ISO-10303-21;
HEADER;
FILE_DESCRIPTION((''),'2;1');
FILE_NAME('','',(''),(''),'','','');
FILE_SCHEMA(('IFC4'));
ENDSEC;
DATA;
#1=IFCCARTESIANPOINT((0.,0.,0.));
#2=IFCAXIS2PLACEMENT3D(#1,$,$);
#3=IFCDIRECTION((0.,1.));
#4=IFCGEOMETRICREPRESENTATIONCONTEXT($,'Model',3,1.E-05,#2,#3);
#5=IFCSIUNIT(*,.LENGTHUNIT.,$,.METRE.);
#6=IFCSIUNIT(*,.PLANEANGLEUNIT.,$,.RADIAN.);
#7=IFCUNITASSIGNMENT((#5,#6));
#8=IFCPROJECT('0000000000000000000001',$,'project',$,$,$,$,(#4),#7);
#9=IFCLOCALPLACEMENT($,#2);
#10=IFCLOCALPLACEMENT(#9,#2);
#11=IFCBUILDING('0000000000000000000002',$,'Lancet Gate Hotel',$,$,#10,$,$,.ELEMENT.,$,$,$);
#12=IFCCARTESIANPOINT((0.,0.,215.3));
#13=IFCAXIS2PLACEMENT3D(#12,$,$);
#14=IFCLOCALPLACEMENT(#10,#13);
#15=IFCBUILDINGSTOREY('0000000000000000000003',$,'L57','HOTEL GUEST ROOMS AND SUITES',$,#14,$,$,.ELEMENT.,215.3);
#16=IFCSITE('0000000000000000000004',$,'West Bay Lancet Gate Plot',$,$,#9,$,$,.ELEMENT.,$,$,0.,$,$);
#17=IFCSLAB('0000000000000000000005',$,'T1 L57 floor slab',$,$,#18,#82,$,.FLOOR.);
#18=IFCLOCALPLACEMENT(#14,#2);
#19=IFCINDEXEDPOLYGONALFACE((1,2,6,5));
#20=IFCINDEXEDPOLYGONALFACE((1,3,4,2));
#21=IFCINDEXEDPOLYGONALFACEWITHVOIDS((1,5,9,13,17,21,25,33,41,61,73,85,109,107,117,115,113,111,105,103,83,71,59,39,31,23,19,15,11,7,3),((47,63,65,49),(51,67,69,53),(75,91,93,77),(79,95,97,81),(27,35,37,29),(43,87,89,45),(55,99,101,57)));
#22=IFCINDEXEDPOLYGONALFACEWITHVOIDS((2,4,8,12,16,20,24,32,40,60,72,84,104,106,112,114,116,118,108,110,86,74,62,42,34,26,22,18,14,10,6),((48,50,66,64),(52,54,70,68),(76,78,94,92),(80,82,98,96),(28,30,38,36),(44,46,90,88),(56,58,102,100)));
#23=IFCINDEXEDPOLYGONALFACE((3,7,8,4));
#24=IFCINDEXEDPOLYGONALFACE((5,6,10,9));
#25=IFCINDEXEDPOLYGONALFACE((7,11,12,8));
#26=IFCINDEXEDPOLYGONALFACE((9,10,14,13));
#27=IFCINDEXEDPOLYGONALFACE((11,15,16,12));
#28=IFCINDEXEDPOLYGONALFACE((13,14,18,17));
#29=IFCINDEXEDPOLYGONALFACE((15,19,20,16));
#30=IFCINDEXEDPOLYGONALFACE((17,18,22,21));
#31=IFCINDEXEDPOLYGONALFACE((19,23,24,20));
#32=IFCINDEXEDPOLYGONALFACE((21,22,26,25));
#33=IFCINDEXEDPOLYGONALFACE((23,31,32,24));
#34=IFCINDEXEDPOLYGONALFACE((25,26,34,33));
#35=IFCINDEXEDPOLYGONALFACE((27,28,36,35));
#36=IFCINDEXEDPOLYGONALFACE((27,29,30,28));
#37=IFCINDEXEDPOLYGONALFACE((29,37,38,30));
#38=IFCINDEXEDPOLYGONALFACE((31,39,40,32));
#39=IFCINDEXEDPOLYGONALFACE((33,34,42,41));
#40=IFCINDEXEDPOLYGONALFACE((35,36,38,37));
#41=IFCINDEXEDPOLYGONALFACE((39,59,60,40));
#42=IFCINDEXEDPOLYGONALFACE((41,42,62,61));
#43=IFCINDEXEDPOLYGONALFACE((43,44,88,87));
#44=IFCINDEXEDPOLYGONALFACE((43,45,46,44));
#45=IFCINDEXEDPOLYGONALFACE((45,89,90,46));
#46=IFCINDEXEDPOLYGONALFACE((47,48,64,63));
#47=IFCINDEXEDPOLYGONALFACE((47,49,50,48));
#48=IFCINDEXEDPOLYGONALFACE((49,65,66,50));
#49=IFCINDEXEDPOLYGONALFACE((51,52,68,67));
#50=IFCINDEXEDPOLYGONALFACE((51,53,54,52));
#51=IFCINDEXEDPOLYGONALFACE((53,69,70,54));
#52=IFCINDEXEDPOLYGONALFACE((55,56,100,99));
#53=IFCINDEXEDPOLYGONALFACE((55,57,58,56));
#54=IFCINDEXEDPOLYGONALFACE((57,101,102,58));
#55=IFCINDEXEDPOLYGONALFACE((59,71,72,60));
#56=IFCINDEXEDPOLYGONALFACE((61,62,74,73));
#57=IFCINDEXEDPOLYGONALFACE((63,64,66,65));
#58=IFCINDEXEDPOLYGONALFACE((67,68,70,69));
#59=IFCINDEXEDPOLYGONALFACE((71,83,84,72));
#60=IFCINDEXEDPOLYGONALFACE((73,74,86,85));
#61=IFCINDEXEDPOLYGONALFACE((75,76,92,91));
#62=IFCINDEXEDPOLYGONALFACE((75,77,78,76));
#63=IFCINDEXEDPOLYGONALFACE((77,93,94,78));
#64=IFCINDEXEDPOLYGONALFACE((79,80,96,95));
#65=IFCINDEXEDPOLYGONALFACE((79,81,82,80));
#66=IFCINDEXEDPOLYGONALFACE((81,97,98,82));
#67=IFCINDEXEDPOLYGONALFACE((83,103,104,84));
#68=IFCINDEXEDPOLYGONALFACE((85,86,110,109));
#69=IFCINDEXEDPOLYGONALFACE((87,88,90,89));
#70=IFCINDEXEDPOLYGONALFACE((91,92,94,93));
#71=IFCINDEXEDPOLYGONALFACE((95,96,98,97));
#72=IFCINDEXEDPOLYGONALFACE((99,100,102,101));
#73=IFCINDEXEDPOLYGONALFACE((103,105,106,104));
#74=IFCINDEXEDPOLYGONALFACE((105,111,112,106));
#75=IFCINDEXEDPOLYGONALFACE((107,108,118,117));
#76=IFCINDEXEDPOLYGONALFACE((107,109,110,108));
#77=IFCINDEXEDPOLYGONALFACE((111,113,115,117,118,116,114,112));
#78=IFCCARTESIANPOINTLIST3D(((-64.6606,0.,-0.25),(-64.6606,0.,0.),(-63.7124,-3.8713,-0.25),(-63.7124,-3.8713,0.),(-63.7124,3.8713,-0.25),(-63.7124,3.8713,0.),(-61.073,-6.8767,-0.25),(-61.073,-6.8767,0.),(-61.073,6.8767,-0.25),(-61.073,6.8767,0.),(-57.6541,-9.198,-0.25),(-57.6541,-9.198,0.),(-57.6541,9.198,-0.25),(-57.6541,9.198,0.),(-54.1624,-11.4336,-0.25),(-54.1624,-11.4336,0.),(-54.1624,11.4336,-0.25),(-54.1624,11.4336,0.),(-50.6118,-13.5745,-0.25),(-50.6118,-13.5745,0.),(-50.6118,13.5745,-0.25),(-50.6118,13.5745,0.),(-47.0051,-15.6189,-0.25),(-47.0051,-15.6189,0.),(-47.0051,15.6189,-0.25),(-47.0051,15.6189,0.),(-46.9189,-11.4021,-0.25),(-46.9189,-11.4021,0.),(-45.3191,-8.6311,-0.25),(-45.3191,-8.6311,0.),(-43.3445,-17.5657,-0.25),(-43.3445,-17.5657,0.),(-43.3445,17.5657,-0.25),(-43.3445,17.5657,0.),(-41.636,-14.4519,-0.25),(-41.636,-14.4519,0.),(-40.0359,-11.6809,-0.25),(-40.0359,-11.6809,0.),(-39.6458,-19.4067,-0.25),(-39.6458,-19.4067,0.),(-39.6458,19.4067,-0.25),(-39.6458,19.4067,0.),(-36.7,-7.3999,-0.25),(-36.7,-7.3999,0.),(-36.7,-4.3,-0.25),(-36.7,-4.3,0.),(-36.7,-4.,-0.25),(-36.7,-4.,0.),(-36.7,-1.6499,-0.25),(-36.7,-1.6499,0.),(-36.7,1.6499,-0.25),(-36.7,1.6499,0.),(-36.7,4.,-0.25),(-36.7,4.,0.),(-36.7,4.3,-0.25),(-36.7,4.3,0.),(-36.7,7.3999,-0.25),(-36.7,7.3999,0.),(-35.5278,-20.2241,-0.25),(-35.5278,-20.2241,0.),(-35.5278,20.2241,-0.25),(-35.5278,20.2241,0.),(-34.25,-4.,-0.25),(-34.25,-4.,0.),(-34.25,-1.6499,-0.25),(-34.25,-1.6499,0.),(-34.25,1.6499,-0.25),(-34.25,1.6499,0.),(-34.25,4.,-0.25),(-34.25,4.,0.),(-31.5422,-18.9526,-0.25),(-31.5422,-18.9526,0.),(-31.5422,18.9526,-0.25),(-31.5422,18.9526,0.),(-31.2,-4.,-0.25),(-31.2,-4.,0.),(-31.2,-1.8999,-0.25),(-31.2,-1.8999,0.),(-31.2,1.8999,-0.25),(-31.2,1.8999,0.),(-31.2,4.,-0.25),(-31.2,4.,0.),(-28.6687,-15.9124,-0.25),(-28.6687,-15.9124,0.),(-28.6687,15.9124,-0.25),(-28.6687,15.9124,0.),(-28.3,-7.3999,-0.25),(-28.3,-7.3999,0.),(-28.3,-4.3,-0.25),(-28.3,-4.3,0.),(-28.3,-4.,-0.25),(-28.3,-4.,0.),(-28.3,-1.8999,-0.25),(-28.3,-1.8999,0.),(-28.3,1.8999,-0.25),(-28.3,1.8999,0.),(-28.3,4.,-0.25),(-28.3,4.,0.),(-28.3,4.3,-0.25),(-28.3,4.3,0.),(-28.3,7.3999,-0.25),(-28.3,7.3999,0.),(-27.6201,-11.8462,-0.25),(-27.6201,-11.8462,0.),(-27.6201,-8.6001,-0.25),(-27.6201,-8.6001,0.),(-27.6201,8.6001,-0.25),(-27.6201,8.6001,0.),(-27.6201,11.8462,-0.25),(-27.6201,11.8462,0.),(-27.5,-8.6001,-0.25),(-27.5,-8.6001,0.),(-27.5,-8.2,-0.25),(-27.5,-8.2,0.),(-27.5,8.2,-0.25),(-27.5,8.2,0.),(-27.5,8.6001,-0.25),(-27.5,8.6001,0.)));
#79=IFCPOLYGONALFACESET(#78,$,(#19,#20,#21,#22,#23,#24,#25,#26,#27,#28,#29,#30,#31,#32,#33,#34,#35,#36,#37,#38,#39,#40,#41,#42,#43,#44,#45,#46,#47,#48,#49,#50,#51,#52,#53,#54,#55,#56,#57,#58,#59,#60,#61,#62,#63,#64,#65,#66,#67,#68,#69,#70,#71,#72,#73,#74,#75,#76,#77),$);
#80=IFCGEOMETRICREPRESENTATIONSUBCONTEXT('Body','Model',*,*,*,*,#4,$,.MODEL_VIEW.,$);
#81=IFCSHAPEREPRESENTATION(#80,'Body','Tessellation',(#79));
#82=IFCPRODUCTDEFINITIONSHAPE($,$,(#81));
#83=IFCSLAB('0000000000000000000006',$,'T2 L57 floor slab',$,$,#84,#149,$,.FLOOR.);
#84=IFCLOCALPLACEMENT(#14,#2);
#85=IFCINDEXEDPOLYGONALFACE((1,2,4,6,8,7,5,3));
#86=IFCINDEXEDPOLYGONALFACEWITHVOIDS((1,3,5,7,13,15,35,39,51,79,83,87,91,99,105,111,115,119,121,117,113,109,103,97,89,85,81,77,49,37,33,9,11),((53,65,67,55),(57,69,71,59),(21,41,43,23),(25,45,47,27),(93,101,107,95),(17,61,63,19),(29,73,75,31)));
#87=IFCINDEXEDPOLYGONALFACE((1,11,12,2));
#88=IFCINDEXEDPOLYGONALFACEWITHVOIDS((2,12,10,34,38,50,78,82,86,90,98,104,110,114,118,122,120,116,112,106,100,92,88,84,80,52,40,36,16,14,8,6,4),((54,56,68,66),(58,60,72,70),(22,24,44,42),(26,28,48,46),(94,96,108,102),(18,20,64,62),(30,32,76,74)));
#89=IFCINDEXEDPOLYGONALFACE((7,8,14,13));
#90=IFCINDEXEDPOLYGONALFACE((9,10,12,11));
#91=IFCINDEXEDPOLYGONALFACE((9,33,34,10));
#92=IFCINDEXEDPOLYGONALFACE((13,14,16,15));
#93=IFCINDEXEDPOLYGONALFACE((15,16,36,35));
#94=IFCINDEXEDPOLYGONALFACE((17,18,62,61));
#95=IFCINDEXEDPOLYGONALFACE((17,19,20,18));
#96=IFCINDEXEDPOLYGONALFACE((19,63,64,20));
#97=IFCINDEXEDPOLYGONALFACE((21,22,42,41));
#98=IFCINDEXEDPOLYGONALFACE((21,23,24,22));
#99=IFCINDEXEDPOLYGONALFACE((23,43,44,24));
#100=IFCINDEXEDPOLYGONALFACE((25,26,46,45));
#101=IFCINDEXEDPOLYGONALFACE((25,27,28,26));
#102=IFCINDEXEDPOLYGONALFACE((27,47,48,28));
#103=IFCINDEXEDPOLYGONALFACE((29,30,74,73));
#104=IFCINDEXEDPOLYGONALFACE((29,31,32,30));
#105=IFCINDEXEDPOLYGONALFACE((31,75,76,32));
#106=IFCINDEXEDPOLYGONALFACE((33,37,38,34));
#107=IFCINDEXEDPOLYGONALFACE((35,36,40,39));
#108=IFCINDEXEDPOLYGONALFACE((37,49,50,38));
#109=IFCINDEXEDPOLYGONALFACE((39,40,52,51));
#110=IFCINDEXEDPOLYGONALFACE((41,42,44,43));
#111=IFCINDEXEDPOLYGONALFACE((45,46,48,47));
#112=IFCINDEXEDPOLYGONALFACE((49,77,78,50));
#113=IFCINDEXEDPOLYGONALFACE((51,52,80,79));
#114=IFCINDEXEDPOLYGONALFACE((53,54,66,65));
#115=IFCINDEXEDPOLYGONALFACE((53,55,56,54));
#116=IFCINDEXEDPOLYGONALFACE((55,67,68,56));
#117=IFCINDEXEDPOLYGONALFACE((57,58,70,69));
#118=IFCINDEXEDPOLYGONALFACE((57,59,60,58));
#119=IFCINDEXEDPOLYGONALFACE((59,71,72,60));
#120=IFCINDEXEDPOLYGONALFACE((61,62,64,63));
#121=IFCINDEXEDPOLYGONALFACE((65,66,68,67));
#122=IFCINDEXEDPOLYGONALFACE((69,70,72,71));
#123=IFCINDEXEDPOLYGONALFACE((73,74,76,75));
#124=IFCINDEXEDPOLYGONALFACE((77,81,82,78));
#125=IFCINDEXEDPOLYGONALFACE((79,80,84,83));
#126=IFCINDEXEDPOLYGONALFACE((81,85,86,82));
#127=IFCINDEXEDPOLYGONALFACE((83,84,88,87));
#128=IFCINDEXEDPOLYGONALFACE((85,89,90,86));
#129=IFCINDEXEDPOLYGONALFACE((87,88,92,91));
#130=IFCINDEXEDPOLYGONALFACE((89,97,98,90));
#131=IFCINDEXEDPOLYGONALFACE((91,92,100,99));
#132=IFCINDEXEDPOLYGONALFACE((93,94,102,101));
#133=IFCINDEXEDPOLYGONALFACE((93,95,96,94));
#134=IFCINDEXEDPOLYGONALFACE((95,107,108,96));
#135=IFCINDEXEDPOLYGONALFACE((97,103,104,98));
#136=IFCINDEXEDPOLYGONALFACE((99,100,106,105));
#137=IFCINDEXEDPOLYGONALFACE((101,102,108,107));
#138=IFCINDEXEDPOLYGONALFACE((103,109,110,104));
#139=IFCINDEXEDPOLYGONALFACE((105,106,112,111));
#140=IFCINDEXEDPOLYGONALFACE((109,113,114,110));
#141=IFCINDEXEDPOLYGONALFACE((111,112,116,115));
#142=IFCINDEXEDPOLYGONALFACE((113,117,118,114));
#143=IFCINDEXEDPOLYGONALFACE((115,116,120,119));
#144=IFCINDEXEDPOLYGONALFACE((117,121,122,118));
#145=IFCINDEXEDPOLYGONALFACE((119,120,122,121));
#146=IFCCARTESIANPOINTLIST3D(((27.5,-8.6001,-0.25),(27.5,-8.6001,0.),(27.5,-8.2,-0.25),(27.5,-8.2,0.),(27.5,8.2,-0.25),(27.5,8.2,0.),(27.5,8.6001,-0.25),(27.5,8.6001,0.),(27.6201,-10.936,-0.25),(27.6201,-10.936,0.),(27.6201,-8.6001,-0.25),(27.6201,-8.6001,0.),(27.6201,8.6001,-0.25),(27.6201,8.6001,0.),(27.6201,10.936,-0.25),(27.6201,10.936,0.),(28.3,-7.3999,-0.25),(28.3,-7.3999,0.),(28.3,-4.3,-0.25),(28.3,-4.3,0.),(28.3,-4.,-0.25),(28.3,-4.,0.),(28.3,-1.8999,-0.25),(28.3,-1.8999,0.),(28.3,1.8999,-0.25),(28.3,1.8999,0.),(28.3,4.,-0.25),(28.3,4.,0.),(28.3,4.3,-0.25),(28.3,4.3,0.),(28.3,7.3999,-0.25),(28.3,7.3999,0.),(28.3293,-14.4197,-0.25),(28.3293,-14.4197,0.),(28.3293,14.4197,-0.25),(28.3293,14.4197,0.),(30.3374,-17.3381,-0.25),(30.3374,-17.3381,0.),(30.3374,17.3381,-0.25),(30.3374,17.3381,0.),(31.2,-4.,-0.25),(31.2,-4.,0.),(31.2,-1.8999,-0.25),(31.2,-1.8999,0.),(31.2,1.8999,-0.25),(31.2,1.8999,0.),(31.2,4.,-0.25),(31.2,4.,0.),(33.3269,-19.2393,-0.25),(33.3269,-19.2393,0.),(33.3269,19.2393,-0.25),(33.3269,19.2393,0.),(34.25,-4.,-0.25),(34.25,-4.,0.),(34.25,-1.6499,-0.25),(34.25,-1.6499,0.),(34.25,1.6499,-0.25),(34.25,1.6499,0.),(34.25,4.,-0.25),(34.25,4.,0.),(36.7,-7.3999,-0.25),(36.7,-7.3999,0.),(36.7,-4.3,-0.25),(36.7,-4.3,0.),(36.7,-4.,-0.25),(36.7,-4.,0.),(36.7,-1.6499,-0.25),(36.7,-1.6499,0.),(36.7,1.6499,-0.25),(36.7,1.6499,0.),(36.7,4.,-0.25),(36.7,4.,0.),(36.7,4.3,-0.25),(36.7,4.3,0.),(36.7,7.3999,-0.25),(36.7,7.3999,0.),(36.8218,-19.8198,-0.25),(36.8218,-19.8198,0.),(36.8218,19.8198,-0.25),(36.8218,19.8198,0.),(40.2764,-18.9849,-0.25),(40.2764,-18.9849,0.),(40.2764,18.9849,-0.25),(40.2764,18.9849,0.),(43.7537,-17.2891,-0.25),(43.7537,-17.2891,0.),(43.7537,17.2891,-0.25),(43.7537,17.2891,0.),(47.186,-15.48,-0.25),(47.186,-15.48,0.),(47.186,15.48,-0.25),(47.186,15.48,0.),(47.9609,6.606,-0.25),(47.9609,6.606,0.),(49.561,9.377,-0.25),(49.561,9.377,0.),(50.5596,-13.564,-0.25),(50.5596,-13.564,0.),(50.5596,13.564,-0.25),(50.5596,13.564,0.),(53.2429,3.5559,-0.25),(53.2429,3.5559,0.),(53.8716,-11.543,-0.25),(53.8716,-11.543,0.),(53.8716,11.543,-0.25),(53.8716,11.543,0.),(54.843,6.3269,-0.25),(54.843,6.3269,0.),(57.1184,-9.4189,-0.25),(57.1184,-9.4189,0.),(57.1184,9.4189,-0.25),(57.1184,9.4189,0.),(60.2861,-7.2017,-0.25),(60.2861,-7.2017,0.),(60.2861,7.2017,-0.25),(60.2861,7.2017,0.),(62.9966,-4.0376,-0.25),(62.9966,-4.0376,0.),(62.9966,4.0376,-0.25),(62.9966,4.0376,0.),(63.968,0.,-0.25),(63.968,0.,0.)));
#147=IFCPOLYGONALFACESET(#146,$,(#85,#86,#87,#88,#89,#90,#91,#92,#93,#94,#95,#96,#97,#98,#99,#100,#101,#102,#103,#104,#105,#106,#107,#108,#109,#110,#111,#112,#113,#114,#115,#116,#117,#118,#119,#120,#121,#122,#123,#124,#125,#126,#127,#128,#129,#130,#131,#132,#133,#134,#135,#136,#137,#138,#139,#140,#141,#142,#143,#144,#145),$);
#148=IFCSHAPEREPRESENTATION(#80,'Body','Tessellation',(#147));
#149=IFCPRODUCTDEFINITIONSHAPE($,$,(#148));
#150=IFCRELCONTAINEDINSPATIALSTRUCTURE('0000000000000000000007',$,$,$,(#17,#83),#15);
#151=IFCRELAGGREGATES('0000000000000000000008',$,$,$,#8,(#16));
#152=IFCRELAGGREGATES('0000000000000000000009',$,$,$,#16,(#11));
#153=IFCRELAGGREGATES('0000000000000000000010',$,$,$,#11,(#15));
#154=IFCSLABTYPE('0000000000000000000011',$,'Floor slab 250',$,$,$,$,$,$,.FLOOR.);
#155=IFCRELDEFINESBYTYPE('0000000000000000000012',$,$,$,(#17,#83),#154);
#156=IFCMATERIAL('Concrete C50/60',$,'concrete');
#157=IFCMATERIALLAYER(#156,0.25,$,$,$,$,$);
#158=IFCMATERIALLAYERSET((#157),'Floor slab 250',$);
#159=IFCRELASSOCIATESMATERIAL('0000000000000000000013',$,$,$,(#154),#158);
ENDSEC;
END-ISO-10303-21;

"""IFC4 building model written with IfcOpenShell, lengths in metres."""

from ifc_helpers import new_model, si_unit, direction, frame, origin, place, context, subcontext, project, spatial, polyline, outline, extrude, material, layer, layer_set, type_object, element, save


model = new_model("IFC4")

# Units and contexts
model_context = context("Model", 3, precision=1e-05, world=origin(), true_north=direction((0.0, 1.0)))
body_context = subcontext(model_context, "Body", "Model", "MODEL_VIEW")
ifc_project = project(units=[si_unit("LENGTHUNIT", "METRE"), si_unit("PLANEANGLEUNIT", "RADIAN")], contexts=[model_context])

# Site, building, storey
site_placement = place(None, origin())
site = spatial("IfcSite", under=ifc_project, at=site_placement, Name="West Bay Lancet Gate Plot", CompositionType="ELEMENT", RefElevation=0.0)
building_placement = place(site_placement, origin())
building = spatial("IfcBuilding", under=site, at=building_placement, Name="Lancet Gate Hotel", CompositionType="ELEMENT")
storey_placement = place(building_placement, frame((0.0, 0.0, 215.3)))
storey = spatial("IfcBuildingStorey", under=building, at=storey_placement, Name="L57", Description="HOTEL GUEST ROOMS AND SUITES", CompositionType="ELEMENT", Elevation=215.3)

# Slabs
ifc_material_1 = material(Name="Concrete C50/60", Category="concrete")
ifc_layer_1 = layer(ifc_material_1, 0.25)
ifc_layer_set_1 = layer_set([ifc_layer_1], Name="Floor slab 250")
slab_type_1 = type_object("IfcSlabType", Name="Floor slab 250", PredefinedType="FLOOR", material=ifc_layer_set_1)
slab_1_placement = place(storey_placement, frame((0.0, 0.0, -0.25)))
element("IfcSlab", 1, at=slab_1_placement, inside=storey, type_object=slab_type_1, Name="T1 L57 floor slab", PredefinedType="FLOOR", context=body_context, shape_type="SweptSolid", body=[
    extrude(outline(polyline([(-27.5, 8.6001), (-27.6201, 8.6001), (-27.6201, 11.8462), (-28.6687, 15.9124), (-31.5422, 18.9526), (-35.5278, 20.2241), (-39.6458, 19.4067), (-43.3445, 17.5657), (-47.0051, 15.6189), (-50.6118, 13.5745), (-54.1624, 11.4336), (-57.6541, 9.198), (-61.073, 6.8767), (-63.7124, 3.8713), (-64.6606, 0.0), (-63.7124, -3.8713), (-61.073, -6.8767), (-57.6541, -9.198), (-54.1624, -11.4336), (-50.6118, -13.5745), (-47.0051, -15.6189), (-43.3445, -17.5657), (-39.6458, -19.4067), (-35.5278, -20.2241), (-31.5422, -18.9526), (-28.6687, -15.9124), (-27.6201, -11.8462), (-27.6201, -8.6001), (-27.5, -8.6001), (-27.5, -8.2), (-27.5, 8.2), (-27.5, 8.6001)]), holes=[polyline([(-36.7, 7.3999), (-36.7, 4.3), (-28.3, 4.3), (-28.3, 7.3999), (-36.7, 7.3999)]), polyline([(-28.3, 4.0), (-31.2, 4.0), (-31.2, 1.8999), (-28.3, 1.8999), (-28.3, 4.0)]), polyline([(-34.25, 4.0), (-36.7, 4.0), (-36.7, 1.6499), (-34.25, 1.6499), (-34.25, 4.0)]), polyline([(-36.7, -1.6499), (-36.7, -4.0), (-34.25, -4.0), (-34.25, -1.6499), (-36.7, -1.6499)]), polyline([(-28.3, -1.8999), (-31.2, -1.8999), (-31.2, -4.0), (-28.3, -4.0), (-28.3, -1.8999)]), polyline([(-28.3, -4.3), (-36.7, -4.3), (-36.7, -7.3999), (-28.3, -7.3999), (-28.3, -4.3)]), polyline([(-45.3191, -8.6311), (-46.9189, -11.4021), (-41.636, -14.4519), (-40.0359, -11.6809), (-45.3191, -8.6311)])]), origin(), (0.0, 0.0, 1.0), 0.25),
])
slab_2_placement = place(storey_placement, frame((0.0, 0.0, -0.25)))
element("IfcSlab", 2, at=slab_2_placement, inside=storey, type_object=slab_type_1, Name="T2 L57 floor slab", PredefinedType="FLOOR", context=body_context, shape_type="SweptSolid", body=[
    extrude(outline(polyline([(27.5, -8.6001), (27.6201, -8.6001), (27.6201, -10.936), (28.3293, -14.4197), (30.3374, -17.3381), (33.3269, -19.2393), (36.8218, -19.8198), (40.2764, -18.9849), (43.7537, -17.2891), (47.186, -15.48), (50.5596, -13.564), (53.8716, -11.543), (57.1184, -9.4189), (60.2861, -7.2017), (62.9966, -4.0376), (63.968, 0.0), (62.9966, 4.0376), (60.2861, 7.2017), (57.1184, 9.4189), (53.8716, 11.543), (50.5596, 13.564), (47.186, 15.48), (43.7537, 17.2891), (40.2764, 18.9849), (36.8218, 19.8198), (33.3269, 19.2393), (30.3374, 17.3381), (28.3293, 14.4197), (27.6201, 10.936), (27.6201, 8.6001), (27.5, 8.6001), (27.5, 8.2), (27.5, -8.2), (27.5, -8.6001)]), holes=[polyline([(36.7, -7.3999), (36.7, -4.3), (28.3, -4.3), (28.3, -7.3999), (36.7, -7.3999)]), polyline([(28.3, -4.0), (31.2, -4.0), (31.2, -1.8999), (28.3, -1.8999), (28.3, -4.0)]), polyline([(34.25, -4.0), (36.7, -4.0), (36.7, -1.6499), (34.25, -1.6499), (34.25, -4.0)]), polyline([(36.7, 1.6499), (36.7, 4.0), (34.25, 4.0), (34.25, 1.6499), (36.7, 1.6499)]), polyline([(28.3, 1.8999), (31.2, 1.8999), (31.2, 4.0), (28.3, 4.0), (28.3, 1.8999)]), polyline([(28.3, 4.3), (36.7, 4.3), (36.7, 7.3999), (28.3, 7.3999), (28.3, 4.3)]), polyline([(53.2429, 3.5559), (54.843, 6.3269), (49.561, 9.377), (47.9609, 6.606), (53.2429, 3.5559)])]), origin(), (0.0, 0.0, 1.0), 0.25),
])

save(model, "model.ifc")
